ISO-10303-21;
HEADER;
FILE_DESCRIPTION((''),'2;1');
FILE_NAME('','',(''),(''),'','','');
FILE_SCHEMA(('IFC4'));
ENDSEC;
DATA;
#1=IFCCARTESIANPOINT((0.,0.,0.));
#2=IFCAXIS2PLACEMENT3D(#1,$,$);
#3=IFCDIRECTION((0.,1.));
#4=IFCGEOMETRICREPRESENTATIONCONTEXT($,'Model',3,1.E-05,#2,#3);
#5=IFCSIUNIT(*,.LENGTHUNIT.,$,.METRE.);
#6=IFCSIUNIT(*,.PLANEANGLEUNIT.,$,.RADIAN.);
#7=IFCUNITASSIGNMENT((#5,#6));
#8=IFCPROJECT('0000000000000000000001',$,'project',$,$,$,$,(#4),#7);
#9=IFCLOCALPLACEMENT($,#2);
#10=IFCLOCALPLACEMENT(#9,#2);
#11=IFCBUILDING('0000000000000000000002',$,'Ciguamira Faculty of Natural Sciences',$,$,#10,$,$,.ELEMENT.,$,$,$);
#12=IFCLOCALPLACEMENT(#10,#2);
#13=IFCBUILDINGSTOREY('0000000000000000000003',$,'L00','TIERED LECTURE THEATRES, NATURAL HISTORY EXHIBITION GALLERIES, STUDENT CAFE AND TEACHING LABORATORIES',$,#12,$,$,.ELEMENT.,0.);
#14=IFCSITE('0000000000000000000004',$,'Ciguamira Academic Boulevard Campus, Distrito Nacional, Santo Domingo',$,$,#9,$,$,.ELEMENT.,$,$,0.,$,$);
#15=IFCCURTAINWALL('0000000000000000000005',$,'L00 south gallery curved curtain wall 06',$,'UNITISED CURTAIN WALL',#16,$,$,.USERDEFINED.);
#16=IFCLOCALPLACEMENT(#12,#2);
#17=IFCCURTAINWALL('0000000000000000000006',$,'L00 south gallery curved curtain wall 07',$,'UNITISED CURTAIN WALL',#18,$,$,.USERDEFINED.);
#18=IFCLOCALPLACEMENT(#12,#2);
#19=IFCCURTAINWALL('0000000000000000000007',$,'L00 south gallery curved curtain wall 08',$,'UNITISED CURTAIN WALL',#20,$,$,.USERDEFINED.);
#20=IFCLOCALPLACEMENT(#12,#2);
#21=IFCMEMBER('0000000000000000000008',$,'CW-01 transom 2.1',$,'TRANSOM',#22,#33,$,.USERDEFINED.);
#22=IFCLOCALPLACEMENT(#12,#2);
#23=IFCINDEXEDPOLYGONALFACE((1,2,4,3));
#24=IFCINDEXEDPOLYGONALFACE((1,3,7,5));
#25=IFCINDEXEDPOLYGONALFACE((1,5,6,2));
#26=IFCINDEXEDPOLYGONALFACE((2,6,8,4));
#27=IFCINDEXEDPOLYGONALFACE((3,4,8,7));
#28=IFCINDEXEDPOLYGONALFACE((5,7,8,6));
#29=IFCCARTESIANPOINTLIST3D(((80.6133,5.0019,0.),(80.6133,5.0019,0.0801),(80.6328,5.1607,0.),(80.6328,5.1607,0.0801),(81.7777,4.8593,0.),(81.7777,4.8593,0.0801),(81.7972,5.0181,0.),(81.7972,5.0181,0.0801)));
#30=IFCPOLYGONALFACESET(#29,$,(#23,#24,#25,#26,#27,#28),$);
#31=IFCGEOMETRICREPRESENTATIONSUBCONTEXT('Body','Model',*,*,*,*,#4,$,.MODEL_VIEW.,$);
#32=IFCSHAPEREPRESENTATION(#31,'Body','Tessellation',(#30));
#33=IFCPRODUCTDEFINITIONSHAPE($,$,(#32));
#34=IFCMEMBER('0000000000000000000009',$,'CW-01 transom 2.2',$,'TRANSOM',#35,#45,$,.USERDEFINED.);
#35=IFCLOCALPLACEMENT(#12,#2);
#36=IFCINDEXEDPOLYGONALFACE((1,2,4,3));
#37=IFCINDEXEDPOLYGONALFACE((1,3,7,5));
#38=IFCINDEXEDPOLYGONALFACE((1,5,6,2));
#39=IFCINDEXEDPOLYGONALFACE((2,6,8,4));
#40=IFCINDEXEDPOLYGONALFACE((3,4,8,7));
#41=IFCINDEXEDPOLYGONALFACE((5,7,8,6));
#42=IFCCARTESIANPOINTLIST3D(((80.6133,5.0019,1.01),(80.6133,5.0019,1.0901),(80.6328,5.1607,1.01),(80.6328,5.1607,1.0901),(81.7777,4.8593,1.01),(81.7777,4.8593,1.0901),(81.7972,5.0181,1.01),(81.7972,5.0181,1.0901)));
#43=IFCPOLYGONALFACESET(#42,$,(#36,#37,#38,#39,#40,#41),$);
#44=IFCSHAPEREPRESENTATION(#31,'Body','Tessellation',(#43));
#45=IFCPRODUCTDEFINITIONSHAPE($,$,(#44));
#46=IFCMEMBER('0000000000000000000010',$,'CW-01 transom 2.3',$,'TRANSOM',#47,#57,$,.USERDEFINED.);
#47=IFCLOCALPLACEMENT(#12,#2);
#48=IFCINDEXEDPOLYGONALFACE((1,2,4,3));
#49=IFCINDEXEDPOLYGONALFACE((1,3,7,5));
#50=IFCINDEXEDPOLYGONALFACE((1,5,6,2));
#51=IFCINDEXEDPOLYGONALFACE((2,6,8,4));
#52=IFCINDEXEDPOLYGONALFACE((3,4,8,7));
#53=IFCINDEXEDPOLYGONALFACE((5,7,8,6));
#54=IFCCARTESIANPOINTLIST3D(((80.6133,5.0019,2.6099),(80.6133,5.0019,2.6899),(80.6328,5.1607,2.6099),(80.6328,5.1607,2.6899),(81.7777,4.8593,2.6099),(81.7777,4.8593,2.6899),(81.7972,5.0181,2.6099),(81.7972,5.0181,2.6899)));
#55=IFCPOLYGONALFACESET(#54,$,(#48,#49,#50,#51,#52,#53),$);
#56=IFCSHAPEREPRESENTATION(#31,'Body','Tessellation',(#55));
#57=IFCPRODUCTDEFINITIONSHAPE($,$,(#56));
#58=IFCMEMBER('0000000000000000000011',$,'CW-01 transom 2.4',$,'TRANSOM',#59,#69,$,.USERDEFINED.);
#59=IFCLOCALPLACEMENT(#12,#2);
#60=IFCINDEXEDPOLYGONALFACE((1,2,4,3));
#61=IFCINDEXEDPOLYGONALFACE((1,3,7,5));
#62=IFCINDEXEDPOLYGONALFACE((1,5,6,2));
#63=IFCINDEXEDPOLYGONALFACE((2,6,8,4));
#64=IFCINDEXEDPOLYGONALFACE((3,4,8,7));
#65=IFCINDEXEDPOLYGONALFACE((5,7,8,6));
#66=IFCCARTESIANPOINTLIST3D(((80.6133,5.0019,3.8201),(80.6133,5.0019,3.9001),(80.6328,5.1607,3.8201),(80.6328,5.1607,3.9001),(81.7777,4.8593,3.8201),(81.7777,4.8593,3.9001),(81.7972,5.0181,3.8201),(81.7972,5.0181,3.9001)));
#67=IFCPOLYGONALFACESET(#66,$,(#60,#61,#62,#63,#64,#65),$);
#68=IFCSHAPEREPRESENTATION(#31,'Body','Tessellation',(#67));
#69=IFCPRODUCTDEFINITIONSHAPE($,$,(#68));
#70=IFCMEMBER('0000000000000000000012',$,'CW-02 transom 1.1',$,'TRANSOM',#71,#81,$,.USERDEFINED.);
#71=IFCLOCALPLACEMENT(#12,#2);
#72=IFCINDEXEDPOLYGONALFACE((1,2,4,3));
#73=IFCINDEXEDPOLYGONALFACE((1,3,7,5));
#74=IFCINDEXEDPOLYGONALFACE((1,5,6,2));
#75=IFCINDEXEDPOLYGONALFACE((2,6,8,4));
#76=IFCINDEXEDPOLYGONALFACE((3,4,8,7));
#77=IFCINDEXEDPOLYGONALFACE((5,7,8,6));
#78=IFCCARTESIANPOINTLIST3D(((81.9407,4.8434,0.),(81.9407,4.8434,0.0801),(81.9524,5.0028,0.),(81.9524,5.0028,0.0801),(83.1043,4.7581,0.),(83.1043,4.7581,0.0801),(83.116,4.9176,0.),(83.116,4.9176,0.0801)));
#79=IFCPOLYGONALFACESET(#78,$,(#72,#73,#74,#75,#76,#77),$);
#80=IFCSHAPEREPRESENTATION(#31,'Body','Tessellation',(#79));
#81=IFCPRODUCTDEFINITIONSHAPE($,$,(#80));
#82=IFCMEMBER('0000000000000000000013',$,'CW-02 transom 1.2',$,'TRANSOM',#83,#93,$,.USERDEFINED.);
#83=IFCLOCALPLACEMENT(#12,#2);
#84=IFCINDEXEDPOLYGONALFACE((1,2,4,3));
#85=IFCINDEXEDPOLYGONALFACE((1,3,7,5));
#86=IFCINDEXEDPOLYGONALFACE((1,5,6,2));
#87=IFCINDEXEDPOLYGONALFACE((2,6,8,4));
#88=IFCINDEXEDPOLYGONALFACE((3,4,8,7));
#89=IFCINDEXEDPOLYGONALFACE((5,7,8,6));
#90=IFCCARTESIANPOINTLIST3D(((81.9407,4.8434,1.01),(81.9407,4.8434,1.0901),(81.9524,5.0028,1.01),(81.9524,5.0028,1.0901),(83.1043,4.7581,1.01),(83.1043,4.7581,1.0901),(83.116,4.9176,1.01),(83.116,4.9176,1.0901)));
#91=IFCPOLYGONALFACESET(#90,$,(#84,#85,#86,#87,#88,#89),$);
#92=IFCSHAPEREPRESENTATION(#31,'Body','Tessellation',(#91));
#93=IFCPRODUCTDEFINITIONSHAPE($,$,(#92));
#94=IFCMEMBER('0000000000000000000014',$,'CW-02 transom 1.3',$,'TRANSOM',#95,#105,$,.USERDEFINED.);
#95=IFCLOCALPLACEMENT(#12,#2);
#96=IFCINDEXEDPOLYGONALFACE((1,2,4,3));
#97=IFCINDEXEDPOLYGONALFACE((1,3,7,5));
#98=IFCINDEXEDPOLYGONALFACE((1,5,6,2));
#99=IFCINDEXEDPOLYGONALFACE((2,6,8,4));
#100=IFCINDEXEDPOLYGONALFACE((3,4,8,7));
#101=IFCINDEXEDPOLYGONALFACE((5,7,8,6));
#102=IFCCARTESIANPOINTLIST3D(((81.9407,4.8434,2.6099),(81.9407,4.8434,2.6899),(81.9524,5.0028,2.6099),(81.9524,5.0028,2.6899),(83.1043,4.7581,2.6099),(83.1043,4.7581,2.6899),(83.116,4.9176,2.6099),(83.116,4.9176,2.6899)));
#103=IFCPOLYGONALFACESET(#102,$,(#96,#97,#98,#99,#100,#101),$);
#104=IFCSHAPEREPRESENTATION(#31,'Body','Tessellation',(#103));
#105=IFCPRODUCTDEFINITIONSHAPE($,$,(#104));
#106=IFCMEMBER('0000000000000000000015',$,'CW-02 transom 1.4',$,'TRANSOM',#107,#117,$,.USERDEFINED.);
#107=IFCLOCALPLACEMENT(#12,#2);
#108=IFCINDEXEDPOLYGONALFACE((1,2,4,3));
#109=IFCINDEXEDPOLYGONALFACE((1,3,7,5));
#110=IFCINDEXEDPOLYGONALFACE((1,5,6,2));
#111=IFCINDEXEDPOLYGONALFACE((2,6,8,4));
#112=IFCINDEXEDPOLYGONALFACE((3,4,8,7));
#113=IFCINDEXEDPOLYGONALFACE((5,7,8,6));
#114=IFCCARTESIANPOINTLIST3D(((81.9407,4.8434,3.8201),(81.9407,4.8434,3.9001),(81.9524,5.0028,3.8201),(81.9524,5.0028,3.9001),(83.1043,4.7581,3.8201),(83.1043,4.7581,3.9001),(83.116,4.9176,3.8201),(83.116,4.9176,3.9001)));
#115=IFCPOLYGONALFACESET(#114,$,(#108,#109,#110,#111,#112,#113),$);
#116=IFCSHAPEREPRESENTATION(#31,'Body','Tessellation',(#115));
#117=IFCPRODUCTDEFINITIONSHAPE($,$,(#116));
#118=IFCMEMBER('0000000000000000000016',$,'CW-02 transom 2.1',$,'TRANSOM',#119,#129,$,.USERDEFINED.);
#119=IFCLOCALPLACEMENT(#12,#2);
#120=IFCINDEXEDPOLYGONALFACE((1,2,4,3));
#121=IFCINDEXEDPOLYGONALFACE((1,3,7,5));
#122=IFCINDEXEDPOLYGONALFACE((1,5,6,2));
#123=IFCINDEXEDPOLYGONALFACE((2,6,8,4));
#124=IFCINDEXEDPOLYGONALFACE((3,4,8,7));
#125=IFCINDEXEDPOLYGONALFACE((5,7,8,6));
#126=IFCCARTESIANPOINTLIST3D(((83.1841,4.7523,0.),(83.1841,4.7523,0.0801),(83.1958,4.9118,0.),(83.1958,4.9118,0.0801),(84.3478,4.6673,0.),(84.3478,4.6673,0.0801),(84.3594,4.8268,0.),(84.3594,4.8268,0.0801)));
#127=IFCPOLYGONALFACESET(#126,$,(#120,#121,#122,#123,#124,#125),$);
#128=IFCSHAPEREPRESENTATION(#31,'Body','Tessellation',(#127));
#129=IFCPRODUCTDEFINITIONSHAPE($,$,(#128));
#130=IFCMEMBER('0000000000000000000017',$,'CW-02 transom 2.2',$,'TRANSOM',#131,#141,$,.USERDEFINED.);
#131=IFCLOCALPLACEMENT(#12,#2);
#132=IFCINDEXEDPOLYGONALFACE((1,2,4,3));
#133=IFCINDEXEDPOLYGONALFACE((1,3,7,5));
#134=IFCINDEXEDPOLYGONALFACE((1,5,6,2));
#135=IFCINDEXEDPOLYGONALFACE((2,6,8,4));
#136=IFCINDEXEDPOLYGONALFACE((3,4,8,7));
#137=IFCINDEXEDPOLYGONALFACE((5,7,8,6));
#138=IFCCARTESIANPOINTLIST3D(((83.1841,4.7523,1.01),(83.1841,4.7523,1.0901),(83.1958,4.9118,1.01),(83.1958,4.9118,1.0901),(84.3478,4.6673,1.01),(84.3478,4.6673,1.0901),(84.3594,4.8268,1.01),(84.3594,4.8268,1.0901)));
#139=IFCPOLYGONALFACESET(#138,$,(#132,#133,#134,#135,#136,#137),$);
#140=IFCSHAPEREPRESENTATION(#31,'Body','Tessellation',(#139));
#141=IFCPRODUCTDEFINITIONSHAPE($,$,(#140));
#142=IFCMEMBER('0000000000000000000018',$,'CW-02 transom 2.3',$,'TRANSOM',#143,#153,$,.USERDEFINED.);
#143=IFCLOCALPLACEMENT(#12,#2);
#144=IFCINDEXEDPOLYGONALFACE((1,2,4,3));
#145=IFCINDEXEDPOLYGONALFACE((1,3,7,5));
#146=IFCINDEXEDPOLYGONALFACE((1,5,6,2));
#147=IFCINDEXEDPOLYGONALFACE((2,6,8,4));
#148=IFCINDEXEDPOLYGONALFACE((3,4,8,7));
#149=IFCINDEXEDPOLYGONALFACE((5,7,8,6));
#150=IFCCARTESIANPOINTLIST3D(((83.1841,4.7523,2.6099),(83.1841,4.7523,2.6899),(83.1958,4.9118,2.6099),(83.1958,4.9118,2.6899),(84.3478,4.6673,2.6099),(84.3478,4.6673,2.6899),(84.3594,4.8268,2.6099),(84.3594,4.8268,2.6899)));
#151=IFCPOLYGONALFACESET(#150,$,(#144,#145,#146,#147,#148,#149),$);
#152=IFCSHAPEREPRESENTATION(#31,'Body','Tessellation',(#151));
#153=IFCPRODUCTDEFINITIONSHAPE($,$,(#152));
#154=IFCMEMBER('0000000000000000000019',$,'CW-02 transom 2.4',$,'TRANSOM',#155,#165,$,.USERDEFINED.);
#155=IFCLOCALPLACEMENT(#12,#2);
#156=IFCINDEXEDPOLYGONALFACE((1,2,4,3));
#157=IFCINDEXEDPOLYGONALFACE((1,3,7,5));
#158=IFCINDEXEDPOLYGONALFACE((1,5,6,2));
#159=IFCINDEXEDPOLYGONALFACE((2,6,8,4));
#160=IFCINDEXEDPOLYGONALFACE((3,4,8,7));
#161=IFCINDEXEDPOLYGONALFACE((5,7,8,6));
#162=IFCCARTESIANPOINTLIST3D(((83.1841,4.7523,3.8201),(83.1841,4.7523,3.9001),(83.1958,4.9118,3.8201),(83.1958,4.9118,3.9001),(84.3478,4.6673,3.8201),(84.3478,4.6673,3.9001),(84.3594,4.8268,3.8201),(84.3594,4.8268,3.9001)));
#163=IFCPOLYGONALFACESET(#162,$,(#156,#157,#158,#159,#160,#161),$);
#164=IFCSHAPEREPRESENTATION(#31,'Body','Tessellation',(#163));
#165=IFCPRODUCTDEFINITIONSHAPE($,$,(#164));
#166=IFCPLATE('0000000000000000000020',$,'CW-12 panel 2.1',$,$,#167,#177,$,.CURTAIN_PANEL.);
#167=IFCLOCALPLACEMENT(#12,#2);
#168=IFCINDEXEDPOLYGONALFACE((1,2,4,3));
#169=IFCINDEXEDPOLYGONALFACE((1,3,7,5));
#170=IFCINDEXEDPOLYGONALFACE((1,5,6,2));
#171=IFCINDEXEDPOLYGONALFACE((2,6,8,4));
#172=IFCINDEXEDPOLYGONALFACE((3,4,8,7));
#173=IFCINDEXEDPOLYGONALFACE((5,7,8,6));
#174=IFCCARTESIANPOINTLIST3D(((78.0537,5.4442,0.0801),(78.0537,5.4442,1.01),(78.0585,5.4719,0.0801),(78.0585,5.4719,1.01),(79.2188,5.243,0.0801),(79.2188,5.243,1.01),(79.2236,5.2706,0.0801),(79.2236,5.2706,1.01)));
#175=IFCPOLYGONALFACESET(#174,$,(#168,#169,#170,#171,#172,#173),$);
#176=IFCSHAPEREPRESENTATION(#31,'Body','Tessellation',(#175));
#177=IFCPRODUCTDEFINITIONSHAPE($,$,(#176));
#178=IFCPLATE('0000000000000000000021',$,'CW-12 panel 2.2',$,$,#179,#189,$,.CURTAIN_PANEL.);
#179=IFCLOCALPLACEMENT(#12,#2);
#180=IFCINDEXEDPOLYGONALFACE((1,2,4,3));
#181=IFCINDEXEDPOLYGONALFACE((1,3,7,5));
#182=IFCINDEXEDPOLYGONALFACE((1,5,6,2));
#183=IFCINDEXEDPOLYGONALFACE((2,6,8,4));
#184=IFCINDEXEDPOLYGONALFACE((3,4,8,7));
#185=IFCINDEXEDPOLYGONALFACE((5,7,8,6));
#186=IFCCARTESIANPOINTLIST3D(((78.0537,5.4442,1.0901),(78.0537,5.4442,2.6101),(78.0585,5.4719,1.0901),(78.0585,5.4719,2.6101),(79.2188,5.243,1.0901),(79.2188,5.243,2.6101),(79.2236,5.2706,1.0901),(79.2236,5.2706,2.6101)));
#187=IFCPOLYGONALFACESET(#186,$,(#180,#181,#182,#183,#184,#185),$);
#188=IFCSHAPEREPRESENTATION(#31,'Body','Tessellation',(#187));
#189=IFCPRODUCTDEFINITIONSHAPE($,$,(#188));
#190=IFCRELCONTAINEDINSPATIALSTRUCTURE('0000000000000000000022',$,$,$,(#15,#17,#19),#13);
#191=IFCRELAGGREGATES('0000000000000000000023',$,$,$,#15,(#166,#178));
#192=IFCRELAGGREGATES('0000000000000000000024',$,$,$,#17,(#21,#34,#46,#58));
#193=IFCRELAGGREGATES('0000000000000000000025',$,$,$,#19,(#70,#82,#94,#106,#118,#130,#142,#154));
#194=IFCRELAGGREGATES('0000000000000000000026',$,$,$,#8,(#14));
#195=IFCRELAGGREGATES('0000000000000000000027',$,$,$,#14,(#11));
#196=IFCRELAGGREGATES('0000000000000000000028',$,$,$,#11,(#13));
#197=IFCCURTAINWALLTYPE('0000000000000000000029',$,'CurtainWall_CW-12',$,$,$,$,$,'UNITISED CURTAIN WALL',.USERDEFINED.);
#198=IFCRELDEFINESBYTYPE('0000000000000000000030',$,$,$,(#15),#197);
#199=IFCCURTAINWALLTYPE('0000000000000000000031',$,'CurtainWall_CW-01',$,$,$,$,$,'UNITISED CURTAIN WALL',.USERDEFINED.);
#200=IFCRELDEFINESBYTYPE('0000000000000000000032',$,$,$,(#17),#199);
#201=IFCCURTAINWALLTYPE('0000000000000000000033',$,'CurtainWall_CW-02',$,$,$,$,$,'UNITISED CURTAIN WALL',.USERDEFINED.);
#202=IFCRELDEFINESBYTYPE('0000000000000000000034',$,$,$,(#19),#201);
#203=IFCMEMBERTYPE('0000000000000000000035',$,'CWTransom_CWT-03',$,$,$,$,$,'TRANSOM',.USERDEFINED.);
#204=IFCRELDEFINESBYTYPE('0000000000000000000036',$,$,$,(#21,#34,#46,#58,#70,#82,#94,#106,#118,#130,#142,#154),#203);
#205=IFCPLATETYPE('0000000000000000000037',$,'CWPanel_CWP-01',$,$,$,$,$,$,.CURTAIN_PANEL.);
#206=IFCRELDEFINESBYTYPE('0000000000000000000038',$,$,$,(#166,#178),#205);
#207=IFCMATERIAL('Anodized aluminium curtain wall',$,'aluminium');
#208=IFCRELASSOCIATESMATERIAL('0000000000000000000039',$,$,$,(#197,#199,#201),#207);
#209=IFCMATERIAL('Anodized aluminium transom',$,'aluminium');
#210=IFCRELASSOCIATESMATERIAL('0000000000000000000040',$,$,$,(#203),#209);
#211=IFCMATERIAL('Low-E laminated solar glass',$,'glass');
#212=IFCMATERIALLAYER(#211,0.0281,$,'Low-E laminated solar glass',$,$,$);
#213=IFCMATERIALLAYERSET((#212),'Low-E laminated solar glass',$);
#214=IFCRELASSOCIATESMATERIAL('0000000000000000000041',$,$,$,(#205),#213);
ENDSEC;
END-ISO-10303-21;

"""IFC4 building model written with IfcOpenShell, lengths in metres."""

from ifc_helpers import new_model, si_unit, direction, frame, origin, origin_2d, place, context, subcontext, project, spatial, rectangle, extrude, material, layer, layer_set, material_profile, profile_set, type_object, element, aggregate, save


model = new_model("IFC4")

# Units and contexts
model_context = context("Model", 3, precision=1e-05, world=origin(), true_north=direction((0.0, 1.0)))
body_context = subcontext(model_context, "Body", "Model", "MODEL_VIEW")
ifc_project = project(units=[si_unit("LENGTHUNIT", "METRE"), si_unit("PLANEANGLEUNIT", "RADIAN")], contexts=[model_context])

# Site, building, storey
site_placement = place(None, origin())
site = spatial("IfcSite", under=ifc_project, at=site_placement, Name="Ciguamira Academic Boulevard Campus, Distrito Nacional, Santo Domingo", CompositionType="ELEMENT", RefElevation=0.0)
building_placement = place(site_placement, origin())
building = spatial("IfcBuilding", under=site, at=building_placement, Name="Ciguamira Faculty of Natural Sciences", CompositionType="ELEMENT")
storey_placement = place(building_placement, origin())
storey = spatial("IfcBuildingStorey", under=building, at=storey_placement, Name="L00", Description="TIERED LECTURE THEATRES, NATURAL HISTORY EXHIBITION GALLERIES, STUDENT CAFE AND TEACHING LABORATORIES", CompositionType="ELEMENT", Elevation=0.0)

# Curtain walls
ifc_material_1 = material(Name="Anodized aluminium curtain wall", Category="aluminium")
curtain_wall_type_1 = type_object("IfcCurtainWallType", Name="CurtainWall_CW-12", ElementType="UNITISED CURTAIN WALL", PredefinedType="USERDEFINED", material=ifc_material_1)
curtain_wall_1_placement = place(storey_placement, origin())
curtain_wall_1 = element("IfcCurtainWall", 1, at=curtain_wall_1_placement, inside=storey, type_object=curtain_wall_type_1, Name="L00 south gallery curved curtain wall 06", ObjectType="UNITISED CURTAIN WALL", PredefinedType="USERDEFINED")
curtain_wall_type_2 = type_object("IfcCurtainWallType", Name="CurtainWall_CW-01", ElementType="UNITISED CURTAIN WALL", PredefinedType="USERDEFINED", material=ifc_material_1)
curtain_wall_2_placement = place(storey_placement, origin())
curtain_wall_2 = element("IfcCurtainWall", 2, at=curtain_wall_2_placement, inside=storey, type_object=curtain_wall_type_2, Name="L00 south gallery curved curtain wall 07", ObjectType="UNITISED CURTAIN WALL", PredefinedType="USERDEFINED")
curtain_wall_type_3 = type_object("IfcCurtainWallType", Name="CurtainWall_CW-02", ElementType="UNITISED CURTAIN WALL", PredefinedType="USERDEFINED", material=ifc_material_1)
curtain_wall_3_placement = place(storey_placement, origin())
curtain_wall_3 = element("IfcCurtainWall", 3, at=curtain_wall_3_placement, inside=storey, type_object=curtain_wall_type_3, Name="L00 south gallery curved curtain wall 08", ObjectType="UNITISED CURTAIN WALL", PredefinedType="USERDEFINED")

# Members
ifc_material_2 = material(Name="Anodized aluminium transom", Category="aluminium")
ifc_material_profile_1 = material_profile(ifc_material_2, rectangle(XDim=0.0801, YDim=0.1599, at=origin_2d()), Name="ALU-TRN-80X160")
ifc_profile_set_1 = profile_set([ifc_material_profile_1], Name="Anodized aluminium transom")
member_type_1 = type_object("IfcMemberType", Name="CWTransom_CWT-03", ElementType="TRANSOM", PredefinedType="USERDEFINED", material=ifc_profile_set_1)
member_1_placement = place(storey_placement, frame((80.623, 5.0813, 0.04), z_axis=(0.992585, -0.12155, 0.0), x_axis=(0.0, 0.0, 1.0)))
member_1 = element("IfcMember", 4, at=member_1_placement, type_object=member_type_1, Name="CW-01 transom 2.1", ObjectType="TRANSOM", PredefinedType="USERDEFINED", context=body_context, shape_type="SweptSolid", body=[
    extrude(rectangle(XDim=0.0801, YDim=0.1599, at=origin_2d()), origin(), (0.0, 0.0, 1.0), 1.1731),
])
member_2_placement = place(storey_placement, frame((80.623, 5.0813, 1.05), z_axis=(0.992585, -0.12155, 0.0), x_axis=(0.0, 0.0, 1.0)))
member_2 = element("IfcMember", 5, at=member_2_placement, type_object=member_type_1, Name="CW-01 transom 2.2", ObjectType="TRANSOM", PredefinedType="USERDEFINED", context=body_context, shape_type="SweptSolid", body=[
    extrude(rectangle(XDim=0.0801, YDim=0.1599, at=origin_2d()), origin(), (0.0, 0.0, 1.0), 1.1731),
])
member_3_placement = place(storey_placement, frame((80.623, 5.0813, 2.6499), z_axis=(0.992585, -0.12155, 0.0), x_axis=(0.0, 0.0, 1.0)))
member_3 = element("IfcMember", 6, at=member_3_placement, type_object=member_type_1, Name="CW-01 transom 2.3", ObjectType="TRANSOM", PredefinedType="USERDEFINED", context=body_context, shape_type="SweptSolid", body=[
    extrude(rectangle(XDim=0.0801, YDim=0.1599, at=origin_2d()), origin(), (0.0, 0.0, 1.0), 1.1731),
])
member_4_placement = place(storey_placement, frame((80.623, 5.0813, 3.8601), z_axis=(0.992585, -0.12155, 0.0), x_axis=(0.0, 0.0, 1.0)))
member_4 = element("IfcMember", 7, at=member_4_placement, type_object=member_type_1, Name="CW-01 transom 2.4", ObjectType="TRANSOM", PredefinedType="USERDEFINED", context=body_context, shape_type="SweptSolid", body=[
    extrude(rectangle(XDim=0.0801, YDim=0.1599, at=origin_2d()), origin(), (0.0, 0.0, 1.0), 1.1731),
])
member_5_placement = place(storey_placement, frame((81.9465, 4.9231, 0.04), z_axis=(0.99733, -0.073031, 0.0), x_axis=(0.0, 0.0, 1.0)))
member_5 = element("IfcMember", 8, at=member_5_placement, type_object=member_type_1, Name="CW-02 transom 1.1", ObjectType="TRANSOM", PredefinedType="USERDEFINED", context=body_context, shape_type="SweptSolid", body=[
    extrude(rectangle(XDim=0.0801, YDim=0.1599, at=origin_2d()), origin(), (0.0, 0.0, 1.0), 1.1667),
])
member_6_placement = place(storey_placement, frame((81.9465, 4.9231, 1.05), z_axis=(0.99733, -0.073031, 0.0), x_axis=(0.0, 0.0, 1.0)))
member_6 = element("IfcMember", 9, at=member_6_placement, type_object=member_type_1, Name="CW-02 transom 1.2", ObjectType="TRANSOM", PredefinedType="USERDEFINED", context=body_context, shape_type="SweptSolid", body=[
    extrude(rectangle(XDim=0.0801, YDim=0.1599, at=origin_2d()), origin(), (0.0, 0.0, 1.0), 1.1667),
])
member_7_placement = place(storey_placement, frame((81.9465, 4.9231, 2.6499), z_axis=(0.99733, -0.073031, 0.0), x_axis=(0.0, 0.0, 1.0)))
member_7 = element("IfcMember", 10, at=member_7_placement, type_object=member_type_1, Name="CW-02 transom 1.3", ObjectType="TRANSOM", PredefinedType="USERDEFINED", context=body_context, shape_type="SweptSolid", body=[
    extrude(rectangle(XDim=0.0801, YDim=0.1599, at=origin_2d()), origin(), (0.0, 0.0, 1.0), 1.1667),
])
member_8_placement = place(storey_placement, frame((81.9465, 4.9231, 3.8601), z_axis=(0.99733, -0.073031, 0.0), x_axis=(0.0, 0.0, 1.0)))
member_8 = element("IfcMember", 11, at=member_8_placement, type_object=member_type_1, Name="CW-02 transom 1.4", ObjectType="TRANSOM", PredefinedType="USERDEFINED", context=body_context, shape_type="SweptSolid", body=[
    extrude(rectangle(XDim=0.0801, YDim=0.1599, at=origin_2d()), origin(), (0.0, 0.0, 1.0), 1.1667),
])
member_9_placement = place(storey_placement, frame((83.1899, 4.832, 0.04), z_axis=(0.997345, -0.072823, 0.0), x_axis=(0.0, 0.0, 1.0)))
member_9 = element("IfcMember", 12, at=member_9_placement, type_object=member_type_1, Name="CW-02 transom 2.1", ObjectType="TRANSOM", PredefinedType="USERDEFINED", context=body_context, shape_type="SweptSolid", body=[
    extrude(rectangle(XDim=0.0801, YDim=0.1599, at=origin_2d()), origin(), (0.0, 0.0, 1.0), 1.1667),
])
member_10_placement = place(storey_placement, frame((83.1899, 4.832, 1.05), z_axis=(0.997345, -0.072823, 0.0), x_axis=(0.0, 0.0, 1.0)))
member_10 = element("IfcMember", 13, at=member_10_placement, type_object=member_type_1, Name="CW-02 transom 2.2", ObjectType="TRANSOM", PredefinedType="USERDEFINED", context=body_context, shape_type="SweptSolid", body=[
    extrude(rectangle(XDim=0.0801, YDim=0.1599, at=origin_2d()), origin(), (0.0, 0.0, 1.0), 1.1667),
])
member_11_placement = place(storey_placement, frame((83.1899, 4.832, 2.6499), z_axis=(0.997345, -0.072823, 0.0), x_axis=(0.0, 0.0, 1.0)))
member_11 = element("IfcMember", 14, at=member_11_placement, type_object=member_type_1, Name="CW-02 transom 2.3", ObjectType="TRANSOM", PredefinedType="USERDEFINED", context=body_context, shape_type="SweptSolid", body=[
    extrude(rectangle(XDim=0.0801, YDim=0.1599, at=origin_2d()), origin(), (0.0, 0.0, 1.0), 1.1667),
])
member_12_placement = place(storey_placement, frame((83.1899, 4.832, 3.8601), z_axis=(0.997345, -0.072823, 0.0), x_axis=(0.0, 0.0, 1.0)))
member_12 = element("IfcMember", 15, at=member_12_placement, type_object=member_type_1, Name="CW-02 transom 2.4", ObjectType="TRANSOM", PredefinedType="USERDEFINED", context=body_context, shape_type="SweptSolid", body=[
    extrude(rectangle(XDim=0.0801, YDim=0.1599, at=origin_2d()), origin(), (0.0, 0.0, 1.0), 1.1667),
])

# Plates
ifc_material_3 = material(Name="Low-E laminated solar glass", Category="glass")
ifc_layer = layer(ifc_material_3, 0.0281, Name="Low-E laminated solar glass")
ifc_layer_set = layer_set([ifc_layer], Name="Low-E laminated solar glass")
plate_type = type_object("IfcPlateType", Name="CWPanel_CWP-01", PredefinedType="CURTAIN_PANEL", material=ifc_layer_set)
plate_1_placement = place(storey_placement, frame((78.6387, 5.3574, 0.0801), z_axis=(0.0, 0.0, 1.0), x_axis=(0.985411, -0.170192, 0.0)))
plate_1 = element("IfcPlate", 16, at=plate_1_placement, type_object=plate_type, Name="CW-12 panel 2.1", PredefinedType="CURTAIN_PANEL", context=body_context, shape_type="SweptSolid", body=[
    extrude(rectangle(XDim=1.1824, YDim=0.0281, at=origin_2d()), origin(), (0.0, 0.0, 1.0), 0.9299),
])
plate_2_placement = place(storey_placement, frame((78.6387, 5.3574, 1.0901), z_axis=(0.0, 0.0, 1.0), x_axis=(0.985411, -0.170192, 0.0)))
plate_2 = element("IfcPlate", 17, at=plate_2_placement, type_object=plate_type, Name="CW-12 panel 2.2", PredefinedType="CURTAIN_PANEL", context=body_context, shape_type="SweptSolid", body=[
    extrude(rectangle(XDim=1.1824, YDim=0.0281, at=origin_2d()), origin(), (0.0, 0.0, 1.0), 1.52),
])
aggregate(curtain_wall_1, [plate_1, plate_2])
aggregate(curtain_wall_2, [member_1, member_2, member_3, member_4])
aggregate(curtain_wall_3, [member_5, member_6, member_7, member_8, member_9, member_10, member_11, member_12])

save(model, "model.ifc")
